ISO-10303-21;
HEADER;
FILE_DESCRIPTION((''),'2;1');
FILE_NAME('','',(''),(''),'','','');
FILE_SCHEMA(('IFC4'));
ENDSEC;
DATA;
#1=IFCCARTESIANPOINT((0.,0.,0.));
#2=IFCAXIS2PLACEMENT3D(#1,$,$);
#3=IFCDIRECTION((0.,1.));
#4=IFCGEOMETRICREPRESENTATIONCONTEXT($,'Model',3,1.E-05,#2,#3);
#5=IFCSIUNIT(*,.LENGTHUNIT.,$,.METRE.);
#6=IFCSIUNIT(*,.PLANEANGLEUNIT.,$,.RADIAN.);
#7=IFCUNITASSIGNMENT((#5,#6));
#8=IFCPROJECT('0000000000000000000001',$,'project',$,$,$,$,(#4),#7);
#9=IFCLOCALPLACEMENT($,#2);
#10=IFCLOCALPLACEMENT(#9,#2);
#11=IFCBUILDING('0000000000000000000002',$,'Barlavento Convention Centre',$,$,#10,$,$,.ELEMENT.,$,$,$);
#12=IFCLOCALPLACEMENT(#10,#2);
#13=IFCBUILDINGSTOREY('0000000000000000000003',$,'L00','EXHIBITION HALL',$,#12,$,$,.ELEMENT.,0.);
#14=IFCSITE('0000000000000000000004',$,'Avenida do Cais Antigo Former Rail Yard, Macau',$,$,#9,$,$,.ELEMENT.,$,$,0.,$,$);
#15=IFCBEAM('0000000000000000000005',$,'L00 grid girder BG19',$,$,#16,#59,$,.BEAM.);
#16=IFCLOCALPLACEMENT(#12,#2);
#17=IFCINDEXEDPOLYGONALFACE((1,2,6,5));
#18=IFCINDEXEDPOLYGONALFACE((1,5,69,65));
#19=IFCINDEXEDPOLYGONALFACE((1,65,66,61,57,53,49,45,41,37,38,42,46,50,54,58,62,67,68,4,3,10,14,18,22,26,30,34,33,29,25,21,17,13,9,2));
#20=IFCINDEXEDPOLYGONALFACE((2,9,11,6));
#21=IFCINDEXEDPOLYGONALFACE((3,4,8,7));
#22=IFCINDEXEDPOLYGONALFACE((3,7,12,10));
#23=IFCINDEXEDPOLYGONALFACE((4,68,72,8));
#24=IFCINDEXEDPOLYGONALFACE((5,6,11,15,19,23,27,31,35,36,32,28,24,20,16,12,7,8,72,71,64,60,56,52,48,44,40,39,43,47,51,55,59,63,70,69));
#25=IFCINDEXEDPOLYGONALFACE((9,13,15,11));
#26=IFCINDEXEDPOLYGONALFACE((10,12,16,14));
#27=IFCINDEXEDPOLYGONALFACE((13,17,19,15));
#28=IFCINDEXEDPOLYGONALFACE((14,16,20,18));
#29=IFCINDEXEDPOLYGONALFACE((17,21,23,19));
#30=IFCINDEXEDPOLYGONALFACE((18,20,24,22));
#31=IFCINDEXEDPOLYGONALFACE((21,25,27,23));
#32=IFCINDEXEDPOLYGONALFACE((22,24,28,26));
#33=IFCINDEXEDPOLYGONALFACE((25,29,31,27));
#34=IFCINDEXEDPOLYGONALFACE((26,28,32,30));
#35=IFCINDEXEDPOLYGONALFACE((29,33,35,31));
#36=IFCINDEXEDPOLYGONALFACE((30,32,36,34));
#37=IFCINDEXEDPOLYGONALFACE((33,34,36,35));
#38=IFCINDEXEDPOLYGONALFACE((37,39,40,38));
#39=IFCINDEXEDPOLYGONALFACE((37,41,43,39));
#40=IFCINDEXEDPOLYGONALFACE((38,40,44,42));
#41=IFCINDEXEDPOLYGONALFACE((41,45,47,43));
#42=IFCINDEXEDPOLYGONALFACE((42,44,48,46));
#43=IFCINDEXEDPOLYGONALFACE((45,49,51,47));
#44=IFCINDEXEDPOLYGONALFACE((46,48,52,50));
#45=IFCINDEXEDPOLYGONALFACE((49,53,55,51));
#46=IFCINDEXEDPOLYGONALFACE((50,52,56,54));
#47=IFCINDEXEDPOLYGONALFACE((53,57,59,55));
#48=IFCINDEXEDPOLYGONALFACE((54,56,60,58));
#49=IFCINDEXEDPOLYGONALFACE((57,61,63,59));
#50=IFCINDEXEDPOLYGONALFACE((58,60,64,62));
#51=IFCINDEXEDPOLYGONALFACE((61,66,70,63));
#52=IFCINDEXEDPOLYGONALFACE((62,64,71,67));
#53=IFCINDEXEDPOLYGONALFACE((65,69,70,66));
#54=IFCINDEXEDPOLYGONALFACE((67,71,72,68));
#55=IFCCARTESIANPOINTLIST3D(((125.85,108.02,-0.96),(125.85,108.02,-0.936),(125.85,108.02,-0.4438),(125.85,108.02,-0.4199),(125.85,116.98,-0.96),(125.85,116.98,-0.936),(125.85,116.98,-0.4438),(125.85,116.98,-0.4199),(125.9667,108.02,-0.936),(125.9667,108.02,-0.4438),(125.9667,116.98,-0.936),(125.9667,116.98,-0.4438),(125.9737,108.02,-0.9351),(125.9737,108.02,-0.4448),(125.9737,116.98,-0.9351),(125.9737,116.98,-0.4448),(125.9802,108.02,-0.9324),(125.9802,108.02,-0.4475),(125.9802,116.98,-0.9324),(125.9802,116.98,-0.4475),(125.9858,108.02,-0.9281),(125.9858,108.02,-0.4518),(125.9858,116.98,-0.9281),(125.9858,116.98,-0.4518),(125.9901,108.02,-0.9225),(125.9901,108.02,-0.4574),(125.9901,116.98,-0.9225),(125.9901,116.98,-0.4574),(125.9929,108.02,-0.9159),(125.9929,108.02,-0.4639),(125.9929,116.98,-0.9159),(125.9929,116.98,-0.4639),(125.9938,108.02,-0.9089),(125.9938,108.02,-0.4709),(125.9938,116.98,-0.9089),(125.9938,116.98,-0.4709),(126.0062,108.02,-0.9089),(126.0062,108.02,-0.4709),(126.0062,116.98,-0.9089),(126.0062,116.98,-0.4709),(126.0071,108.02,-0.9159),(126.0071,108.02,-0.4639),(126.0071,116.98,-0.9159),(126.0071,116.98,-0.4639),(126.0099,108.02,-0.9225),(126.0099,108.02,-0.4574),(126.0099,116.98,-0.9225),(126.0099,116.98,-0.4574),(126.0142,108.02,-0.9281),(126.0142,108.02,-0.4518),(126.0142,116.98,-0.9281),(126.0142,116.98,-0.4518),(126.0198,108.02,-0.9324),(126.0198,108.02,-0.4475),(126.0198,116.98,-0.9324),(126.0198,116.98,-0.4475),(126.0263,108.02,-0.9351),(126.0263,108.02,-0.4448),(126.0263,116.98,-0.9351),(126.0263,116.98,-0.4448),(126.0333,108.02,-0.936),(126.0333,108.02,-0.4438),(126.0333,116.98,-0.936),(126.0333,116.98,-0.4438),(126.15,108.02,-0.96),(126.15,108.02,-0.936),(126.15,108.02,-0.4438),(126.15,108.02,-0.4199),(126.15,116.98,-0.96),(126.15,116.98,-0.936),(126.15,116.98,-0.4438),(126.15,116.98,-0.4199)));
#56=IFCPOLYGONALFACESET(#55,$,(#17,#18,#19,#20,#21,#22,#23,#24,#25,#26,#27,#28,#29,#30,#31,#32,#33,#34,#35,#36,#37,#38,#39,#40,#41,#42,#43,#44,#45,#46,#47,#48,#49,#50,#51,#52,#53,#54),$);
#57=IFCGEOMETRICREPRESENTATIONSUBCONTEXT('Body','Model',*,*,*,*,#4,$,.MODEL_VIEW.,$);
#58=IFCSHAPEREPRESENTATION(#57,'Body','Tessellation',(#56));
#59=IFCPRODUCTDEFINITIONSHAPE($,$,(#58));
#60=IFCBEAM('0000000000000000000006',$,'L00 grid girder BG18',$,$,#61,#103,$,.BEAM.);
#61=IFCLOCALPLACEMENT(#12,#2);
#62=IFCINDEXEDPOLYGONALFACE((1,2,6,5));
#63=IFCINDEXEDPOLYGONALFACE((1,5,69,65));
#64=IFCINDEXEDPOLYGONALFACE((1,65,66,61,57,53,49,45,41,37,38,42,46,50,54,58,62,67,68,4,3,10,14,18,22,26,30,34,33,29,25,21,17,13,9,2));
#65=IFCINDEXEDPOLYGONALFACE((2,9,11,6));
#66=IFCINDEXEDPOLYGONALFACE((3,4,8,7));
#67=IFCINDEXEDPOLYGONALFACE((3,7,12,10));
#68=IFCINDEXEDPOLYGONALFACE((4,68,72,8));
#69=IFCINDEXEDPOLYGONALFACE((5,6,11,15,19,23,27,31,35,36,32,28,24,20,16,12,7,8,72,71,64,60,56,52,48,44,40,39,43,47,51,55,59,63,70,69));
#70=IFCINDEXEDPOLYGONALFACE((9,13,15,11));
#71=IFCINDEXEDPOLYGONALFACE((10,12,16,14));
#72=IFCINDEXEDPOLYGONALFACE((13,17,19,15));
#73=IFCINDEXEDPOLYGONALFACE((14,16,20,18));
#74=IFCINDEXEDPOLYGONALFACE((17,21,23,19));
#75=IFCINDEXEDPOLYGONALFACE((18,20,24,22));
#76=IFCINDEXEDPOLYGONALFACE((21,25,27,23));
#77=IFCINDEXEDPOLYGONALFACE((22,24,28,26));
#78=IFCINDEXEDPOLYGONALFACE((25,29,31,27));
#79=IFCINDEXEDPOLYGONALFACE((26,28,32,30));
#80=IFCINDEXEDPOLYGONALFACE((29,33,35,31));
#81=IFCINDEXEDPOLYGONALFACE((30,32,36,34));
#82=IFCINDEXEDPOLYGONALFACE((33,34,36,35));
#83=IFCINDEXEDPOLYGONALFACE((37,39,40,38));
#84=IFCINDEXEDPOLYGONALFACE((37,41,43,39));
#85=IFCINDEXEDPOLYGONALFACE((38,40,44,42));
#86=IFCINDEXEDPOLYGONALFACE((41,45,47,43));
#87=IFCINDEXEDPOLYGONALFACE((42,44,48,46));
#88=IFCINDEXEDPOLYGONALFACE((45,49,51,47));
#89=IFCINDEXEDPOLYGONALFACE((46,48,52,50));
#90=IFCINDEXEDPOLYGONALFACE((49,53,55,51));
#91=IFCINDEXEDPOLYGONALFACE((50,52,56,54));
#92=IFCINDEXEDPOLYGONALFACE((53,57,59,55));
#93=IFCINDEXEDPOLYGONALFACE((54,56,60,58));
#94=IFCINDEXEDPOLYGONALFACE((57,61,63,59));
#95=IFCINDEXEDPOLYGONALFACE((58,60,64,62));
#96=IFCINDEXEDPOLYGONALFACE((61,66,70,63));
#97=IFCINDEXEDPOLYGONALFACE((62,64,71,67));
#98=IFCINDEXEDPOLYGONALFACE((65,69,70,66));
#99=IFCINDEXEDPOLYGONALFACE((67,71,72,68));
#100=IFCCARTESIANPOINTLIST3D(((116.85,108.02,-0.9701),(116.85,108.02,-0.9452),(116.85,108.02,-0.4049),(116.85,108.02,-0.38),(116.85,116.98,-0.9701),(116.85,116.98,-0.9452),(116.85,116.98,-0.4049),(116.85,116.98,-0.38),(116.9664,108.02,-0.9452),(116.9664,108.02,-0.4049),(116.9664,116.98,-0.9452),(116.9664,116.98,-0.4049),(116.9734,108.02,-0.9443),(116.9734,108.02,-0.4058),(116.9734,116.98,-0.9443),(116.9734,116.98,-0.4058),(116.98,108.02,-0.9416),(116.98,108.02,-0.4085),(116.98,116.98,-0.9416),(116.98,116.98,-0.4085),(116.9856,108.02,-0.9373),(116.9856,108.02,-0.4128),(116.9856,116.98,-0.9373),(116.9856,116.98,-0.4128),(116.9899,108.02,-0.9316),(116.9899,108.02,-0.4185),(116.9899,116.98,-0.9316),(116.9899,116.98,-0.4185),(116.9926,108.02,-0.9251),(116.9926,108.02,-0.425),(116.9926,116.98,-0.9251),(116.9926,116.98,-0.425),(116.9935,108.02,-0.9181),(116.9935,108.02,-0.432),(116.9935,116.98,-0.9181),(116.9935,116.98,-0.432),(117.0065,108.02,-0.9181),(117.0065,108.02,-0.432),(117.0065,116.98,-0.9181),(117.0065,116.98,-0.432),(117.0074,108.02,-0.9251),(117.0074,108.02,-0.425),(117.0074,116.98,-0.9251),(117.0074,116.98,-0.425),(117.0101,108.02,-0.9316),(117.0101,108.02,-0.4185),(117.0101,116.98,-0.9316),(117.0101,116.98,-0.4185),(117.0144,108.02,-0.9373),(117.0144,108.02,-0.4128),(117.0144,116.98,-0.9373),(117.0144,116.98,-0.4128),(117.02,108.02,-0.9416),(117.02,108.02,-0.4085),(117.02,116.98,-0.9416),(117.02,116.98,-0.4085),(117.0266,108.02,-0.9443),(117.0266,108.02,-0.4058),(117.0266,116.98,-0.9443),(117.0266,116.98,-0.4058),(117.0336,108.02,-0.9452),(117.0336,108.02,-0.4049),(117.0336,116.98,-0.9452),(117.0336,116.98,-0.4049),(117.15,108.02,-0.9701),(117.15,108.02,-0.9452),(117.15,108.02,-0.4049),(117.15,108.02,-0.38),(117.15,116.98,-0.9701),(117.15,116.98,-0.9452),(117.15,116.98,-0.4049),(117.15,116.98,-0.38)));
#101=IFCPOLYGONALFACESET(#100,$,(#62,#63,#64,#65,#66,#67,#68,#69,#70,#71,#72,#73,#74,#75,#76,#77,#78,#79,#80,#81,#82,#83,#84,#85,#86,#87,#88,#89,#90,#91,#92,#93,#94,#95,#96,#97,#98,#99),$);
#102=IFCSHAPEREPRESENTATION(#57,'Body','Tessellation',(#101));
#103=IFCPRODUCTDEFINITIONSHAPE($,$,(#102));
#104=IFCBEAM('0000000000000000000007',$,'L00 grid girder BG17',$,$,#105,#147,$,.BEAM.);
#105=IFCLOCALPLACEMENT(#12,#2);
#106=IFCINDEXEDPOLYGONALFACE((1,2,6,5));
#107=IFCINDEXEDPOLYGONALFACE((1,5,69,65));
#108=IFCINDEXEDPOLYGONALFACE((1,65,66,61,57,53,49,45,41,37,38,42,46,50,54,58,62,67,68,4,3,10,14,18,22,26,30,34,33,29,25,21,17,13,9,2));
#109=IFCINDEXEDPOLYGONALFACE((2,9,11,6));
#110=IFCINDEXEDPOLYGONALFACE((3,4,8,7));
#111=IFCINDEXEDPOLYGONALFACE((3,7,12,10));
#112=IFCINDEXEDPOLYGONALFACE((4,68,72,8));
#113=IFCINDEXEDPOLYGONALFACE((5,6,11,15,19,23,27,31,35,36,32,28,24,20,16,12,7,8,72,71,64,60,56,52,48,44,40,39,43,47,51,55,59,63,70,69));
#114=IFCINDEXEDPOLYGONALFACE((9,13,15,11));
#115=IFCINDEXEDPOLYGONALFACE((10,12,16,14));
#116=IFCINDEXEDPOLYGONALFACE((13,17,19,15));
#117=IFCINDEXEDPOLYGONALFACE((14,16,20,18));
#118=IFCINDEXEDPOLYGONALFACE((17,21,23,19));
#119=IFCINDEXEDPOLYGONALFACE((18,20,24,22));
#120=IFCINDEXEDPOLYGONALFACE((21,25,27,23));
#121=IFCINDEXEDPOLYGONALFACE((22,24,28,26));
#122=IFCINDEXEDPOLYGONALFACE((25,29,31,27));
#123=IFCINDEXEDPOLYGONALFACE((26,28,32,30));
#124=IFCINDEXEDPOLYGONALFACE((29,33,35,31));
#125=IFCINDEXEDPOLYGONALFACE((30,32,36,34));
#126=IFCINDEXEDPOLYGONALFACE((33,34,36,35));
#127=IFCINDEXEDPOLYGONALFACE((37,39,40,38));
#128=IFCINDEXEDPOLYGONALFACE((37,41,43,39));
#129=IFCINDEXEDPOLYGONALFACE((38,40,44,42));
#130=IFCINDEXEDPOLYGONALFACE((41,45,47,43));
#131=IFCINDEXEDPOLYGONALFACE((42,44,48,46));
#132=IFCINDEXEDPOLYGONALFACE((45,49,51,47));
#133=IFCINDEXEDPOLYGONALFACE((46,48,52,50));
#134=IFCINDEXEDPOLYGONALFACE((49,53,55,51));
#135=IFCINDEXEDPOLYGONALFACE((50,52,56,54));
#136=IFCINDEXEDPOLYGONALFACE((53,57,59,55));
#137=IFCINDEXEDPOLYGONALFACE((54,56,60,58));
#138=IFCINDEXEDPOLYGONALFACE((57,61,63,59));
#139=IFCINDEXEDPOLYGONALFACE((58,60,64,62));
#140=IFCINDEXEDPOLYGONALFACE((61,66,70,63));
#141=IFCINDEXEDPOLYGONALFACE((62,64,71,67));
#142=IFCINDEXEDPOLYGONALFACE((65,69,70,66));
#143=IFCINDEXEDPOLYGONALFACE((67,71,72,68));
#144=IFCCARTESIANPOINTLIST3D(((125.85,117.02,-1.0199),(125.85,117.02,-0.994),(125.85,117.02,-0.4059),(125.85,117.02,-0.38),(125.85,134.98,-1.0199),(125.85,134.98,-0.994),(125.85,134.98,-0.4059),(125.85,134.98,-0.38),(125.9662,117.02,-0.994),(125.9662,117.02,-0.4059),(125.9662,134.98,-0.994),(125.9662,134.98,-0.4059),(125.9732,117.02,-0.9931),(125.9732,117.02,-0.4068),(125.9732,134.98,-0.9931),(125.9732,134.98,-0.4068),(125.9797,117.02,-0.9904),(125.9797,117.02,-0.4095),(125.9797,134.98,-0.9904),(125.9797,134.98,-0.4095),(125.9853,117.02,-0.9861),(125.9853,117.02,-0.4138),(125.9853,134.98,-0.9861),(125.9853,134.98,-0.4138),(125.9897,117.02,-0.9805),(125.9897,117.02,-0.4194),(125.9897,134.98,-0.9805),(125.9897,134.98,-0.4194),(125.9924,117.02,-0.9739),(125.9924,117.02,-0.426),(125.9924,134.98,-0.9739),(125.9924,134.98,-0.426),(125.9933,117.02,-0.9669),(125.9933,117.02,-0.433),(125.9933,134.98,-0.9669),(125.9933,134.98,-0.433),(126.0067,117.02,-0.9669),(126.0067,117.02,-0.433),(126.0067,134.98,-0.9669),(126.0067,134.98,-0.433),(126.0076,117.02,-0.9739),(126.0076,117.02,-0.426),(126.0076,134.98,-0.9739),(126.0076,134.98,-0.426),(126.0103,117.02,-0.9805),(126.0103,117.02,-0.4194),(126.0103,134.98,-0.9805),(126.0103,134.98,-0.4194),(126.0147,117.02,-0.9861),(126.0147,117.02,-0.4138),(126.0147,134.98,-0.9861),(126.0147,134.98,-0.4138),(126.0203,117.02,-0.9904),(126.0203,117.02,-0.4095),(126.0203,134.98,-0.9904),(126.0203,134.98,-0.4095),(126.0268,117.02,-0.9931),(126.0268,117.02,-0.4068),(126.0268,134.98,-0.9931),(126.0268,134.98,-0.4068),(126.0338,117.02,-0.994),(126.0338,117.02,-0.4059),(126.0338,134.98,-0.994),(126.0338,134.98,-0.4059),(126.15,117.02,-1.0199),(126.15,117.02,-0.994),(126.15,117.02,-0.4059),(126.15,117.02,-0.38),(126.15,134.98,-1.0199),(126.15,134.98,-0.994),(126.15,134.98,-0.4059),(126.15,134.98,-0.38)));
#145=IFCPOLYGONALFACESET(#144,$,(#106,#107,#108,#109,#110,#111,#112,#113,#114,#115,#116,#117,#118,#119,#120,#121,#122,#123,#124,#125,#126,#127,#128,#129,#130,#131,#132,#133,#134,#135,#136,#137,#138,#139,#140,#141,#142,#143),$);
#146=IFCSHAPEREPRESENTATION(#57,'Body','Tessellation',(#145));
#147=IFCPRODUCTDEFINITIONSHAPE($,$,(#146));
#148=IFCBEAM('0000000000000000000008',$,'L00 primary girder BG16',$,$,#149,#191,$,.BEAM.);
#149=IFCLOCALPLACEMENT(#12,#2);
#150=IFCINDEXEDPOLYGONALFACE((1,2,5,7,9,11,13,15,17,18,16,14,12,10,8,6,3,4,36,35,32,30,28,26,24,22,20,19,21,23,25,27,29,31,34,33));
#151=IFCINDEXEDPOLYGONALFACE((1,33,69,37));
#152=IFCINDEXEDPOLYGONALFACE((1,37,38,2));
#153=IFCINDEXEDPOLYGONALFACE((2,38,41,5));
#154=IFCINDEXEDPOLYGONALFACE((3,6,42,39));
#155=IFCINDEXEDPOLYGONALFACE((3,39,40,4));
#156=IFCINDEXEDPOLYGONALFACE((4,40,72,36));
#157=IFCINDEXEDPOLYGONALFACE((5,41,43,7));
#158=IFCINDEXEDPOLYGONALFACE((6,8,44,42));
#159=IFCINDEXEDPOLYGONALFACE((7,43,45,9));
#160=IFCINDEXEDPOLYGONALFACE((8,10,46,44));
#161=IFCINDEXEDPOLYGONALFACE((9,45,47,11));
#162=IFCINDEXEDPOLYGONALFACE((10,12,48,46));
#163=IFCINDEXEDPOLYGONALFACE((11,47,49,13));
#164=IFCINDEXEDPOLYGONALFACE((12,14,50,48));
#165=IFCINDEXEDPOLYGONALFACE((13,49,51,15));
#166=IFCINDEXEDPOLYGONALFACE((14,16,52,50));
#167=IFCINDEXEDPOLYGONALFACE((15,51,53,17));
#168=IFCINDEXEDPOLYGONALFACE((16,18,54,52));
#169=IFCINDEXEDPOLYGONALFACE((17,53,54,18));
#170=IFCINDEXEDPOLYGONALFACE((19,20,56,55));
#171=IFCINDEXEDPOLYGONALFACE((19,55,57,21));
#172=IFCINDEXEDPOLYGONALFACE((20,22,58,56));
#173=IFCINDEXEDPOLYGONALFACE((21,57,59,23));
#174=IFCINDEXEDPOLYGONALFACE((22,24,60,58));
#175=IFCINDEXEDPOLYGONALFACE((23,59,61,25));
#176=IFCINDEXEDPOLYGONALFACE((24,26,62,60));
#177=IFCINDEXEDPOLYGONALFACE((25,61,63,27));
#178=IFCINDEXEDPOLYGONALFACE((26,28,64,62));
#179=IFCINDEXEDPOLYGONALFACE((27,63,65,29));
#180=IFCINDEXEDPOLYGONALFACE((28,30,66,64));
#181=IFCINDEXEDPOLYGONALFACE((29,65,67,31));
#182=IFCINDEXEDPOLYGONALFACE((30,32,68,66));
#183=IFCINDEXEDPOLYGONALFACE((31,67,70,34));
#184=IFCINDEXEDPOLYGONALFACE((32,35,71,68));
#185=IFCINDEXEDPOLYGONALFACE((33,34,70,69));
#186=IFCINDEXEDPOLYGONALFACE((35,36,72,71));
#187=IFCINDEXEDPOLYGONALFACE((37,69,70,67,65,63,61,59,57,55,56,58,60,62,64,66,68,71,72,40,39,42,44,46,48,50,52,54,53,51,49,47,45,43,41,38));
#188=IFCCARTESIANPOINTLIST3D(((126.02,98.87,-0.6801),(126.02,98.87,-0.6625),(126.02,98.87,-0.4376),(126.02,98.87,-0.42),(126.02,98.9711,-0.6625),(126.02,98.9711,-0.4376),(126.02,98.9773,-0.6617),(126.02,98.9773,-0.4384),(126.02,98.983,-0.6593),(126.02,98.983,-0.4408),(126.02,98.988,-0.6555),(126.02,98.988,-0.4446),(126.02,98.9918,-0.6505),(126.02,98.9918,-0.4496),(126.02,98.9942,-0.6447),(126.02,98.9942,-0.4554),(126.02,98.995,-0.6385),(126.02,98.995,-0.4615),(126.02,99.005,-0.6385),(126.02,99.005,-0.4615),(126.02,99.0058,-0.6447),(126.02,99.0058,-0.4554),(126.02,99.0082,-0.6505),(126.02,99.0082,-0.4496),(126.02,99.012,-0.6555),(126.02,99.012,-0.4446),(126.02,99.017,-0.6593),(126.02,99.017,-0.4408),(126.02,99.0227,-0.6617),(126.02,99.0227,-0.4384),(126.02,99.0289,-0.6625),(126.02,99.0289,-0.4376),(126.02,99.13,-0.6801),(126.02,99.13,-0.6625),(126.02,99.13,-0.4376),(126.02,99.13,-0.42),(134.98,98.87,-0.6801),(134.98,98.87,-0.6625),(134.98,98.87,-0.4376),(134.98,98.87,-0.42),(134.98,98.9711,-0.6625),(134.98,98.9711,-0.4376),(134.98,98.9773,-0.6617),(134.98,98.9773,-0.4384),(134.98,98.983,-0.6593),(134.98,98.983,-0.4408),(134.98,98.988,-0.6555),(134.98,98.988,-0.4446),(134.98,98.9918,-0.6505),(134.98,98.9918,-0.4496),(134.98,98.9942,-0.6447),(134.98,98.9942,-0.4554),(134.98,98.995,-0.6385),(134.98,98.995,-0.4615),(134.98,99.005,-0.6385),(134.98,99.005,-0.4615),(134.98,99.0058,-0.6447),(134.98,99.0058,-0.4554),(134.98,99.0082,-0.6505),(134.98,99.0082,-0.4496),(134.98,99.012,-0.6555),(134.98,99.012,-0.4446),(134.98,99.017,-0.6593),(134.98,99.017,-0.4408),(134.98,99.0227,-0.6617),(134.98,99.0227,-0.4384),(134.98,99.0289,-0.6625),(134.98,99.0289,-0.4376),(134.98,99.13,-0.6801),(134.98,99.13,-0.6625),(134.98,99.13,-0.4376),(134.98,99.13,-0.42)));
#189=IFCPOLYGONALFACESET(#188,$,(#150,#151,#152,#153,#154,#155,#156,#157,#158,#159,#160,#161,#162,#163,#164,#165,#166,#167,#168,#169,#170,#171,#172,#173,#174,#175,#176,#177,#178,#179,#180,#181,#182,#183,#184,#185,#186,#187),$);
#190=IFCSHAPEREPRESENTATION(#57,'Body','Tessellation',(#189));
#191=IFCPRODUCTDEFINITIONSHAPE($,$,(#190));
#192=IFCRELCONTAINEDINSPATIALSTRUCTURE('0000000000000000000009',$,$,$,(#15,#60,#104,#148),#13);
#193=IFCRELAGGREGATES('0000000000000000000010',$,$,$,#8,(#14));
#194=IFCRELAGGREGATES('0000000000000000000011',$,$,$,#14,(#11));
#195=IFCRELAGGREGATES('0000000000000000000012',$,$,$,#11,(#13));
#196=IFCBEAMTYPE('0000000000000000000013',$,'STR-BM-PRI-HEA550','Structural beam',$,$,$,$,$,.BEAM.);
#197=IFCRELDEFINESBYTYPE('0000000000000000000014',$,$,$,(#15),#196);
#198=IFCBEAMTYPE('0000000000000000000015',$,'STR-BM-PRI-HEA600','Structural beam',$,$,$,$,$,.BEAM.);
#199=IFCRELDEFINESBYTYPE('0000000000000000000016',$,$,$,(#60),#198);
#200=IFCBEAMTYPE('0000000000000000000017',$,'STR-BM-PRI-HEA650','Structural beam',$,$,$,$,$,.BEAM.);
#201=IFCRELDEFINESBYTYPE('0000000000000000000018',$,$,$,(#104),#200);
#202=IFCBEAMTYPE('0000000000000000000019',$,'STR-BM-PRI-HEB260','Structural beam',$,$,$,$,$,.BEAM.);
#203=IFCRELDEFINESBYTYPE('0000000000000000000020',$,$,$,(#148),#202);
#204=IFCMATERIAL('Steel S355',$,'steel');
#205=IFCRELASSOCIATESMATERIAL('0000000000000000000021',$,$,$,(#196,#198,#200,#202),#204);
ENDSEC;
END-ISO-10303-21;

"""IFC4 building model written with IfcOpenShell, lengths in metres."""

from ifc_helpers import new_model, si_unit, direction, frame, origin, origin_2d, place, context, subcontext, project, spatial, i_section, extrude, material, material_profile, profile_set, type_object, element, save


model = new_model("IFC4")

# Units and contexts
model_context = context("Model", 3, precision=1e-05, world=origin(), true_north=direction((0.0, 1.0)))
body_context = subcontext(model_context, "Body", "Model", "MODEL_VIEW")
ifc_project = project(units=[si_unit("LENGTHUNIT", "METRE"), si_unit("PLANEANGLEUNIT", "RADIAN")], contexts=[model_context])

# Site, building, storey
site_placement = place(None, origin())
site = spatial("IfcSite", under=ifc_project, at=site_placement, Name="Avenida do Cais Antigo Former Rail Yard, Macau", CompositionType="ELEMENT", RefElevation=0.0)
building_placement = place(site_placement, origin())
building = spatial("IfcBuilding", under=site, at=building_placement, Name="Barlavento Convention Centre", CompositionType="ELEMENT")
storey_placement = place(building_placement, origin())
storey = spatial("IfcBuildingStorey", under=building, at=storey_placement, Name="L00", Description="EXHIBITION HALL", CompositionType="ELEMENT", Elevation=0.0)

# Beams
ifc_material_1 = material(Name="Steel S355", Category="steel")
ifc_material_profile_1 = material_profile(ifc_material_1, i_section(OverallWidth=0.3, OverallDepth=0.54, WebThickness=0.0125, FlangeThickness=0.0239, FilletRadius=0.0271, at=origin_2d()), Name="HEA 550")
ifc_profile_set_1 = profile_set([ifc_material_profile_1], Name="Steel S355")
beam_type_1 = type_object("IfcBeamType", Name="STR-BM-PRI-HEA550", Description="Structural beam", PredefinedType="BEAM", material=ifc_profile_set_1)
beam_1_placement = place(storey_placement, frame((126.0, 108.02, -0.6899), z_axis=(0.0, 1.0, 0.0), x_axis=(-1.0, 0.0, 0.0)))
element("IfcBeam", 1, at=beam_1_placement, inside=storey, type_object=beam_type_1, Name="L00 grid girder BG19", PredefinedType="BEAM", context=body_context, shape_type="SweptSolid", body=[
    extrude(i_section(OverallWidth=0.3, OverallDepth=0.54, WebThickness=0.0125, FlangeThickness=0.0239, FilletRadius=0.0271, at=origin_2d()), origin(), (0.0, 0.0, 1.0), 8.96),
])
ifc_material_profile_2 = material_profile(ifc_material_1, i_section(OverallWidth=0.3, OverallDepth=0.5901, WebThickness=0.0129, FlangeThickness=0.0249, FilletRadius=0.0271, at=origin_2d()), Name="HEA 600")
ifc_profile_set_2 = profile_set([ifc_material_profile_2], Name="Steel S355")
beam_type_2 = type_object("IfcBeamType", Name="STR-BM-PRI-HEA600", Description="Structural beam", PredefinedType="BEAM", material=ifc_profile_set_2)
beam_2_placement = place(storey_placement, frame((117.0, 108.02, -0.675), z_axis=(0.0, 1.0, 0.0), x_axis=(-1.0, 0.0, 0.0)))
element("IfcBeam", 2, at=beam_2_placement, inside=storey, type_object=beam_type_2, Name="L00 grid girder BG18", PredefinedType="BEAM", context=body_context, shape_type="SweptSolid", body=[
    extrude(i_section(OverallWidth=0.3, OverallDepth=0.5901, WebThickness=0.0129, FlangeThickness=0.0249, FilletRadius=0.0271, at=origin_2d()), origin(), (0.0, 0.0, 1.0), 8.96),
])
ifc_material_profile_3 = material_profile(ifc_material_1, i_section(OverallWidth=0.3, OverallDepth=0.6399, WebThickness=0.0134, FlangeThickness=0.0259, FilletRadius=0.0271, at=origin_2d()), Name="HEA 650")
ifc_profile_set_3 = profile_set([ifc_material_profile_3], Name="Steel S355")
beam_type_3 = type_object("IfcBeamType", Name="STR-BM-PRI-HEA650", Description="Structural beam", PredefinedType="BEAM", material=ifc_profile_set_3)
beam_3_placement = place(storey_placement, frame((126.0, 117.02, -0.7), z_axis=(0.0, 1.0, 0.0), x_axis=(-1.0, 0.0, 0.0)))
element("IfcBeam", 3, at=beam_3_placement, inside=storey, type_object=beam_type_3, Name="L00 grid girder BG17", PredefinedType="BEAM", context=body_context, shape_type="SweptSolid", body=[
    extrude(i_section(OverallWidth=0.3, OverallDepth=0.6399, WebThickness=0.0134, FlangeThickness=0.0259, FilletRadius=0.0271, at=origin_2d()), origin(), (0.0, 0.0, 1.0), 17.96),
])
ifc_material_profile_4 = material_profile(ifc_material_1, i_section(OverallWidth=0.26, OverallDepth=0.26, WebThickness=0.01, FlangeThickness=0.0176, FilletRadius=0.0239, at=origin_2d()), Name="HEB 260")
ifc_profile_set_4 = profile_set([ifc_material_profile_4], Name="Steel S355")
beam_type_4 = type_object("IfcBeamType", Name="STR-BM-PRI-HEB260", Description="Structural beam", PredefinedType="BEAM", material=ifc_profile_set_4)
beam_4_placement = place(storey_placement, frame((126.02, 99.0, -0.55), z_axis=(1.0, 0.0, 0.0), x_axis=(0.0, 1.0, 0.0)))
element("IfcBeam", 4, at=beam_4_placement, inside=storey, type_object=beam_type_4, Name="L00 primary girder BG16", PredefinedType="BEAM", context=body_context, shape_type="SweptSolid", body=[
    extrude(i_section(OverallWidth=0.26, OverallDepth=0.26, WebThickness=0.01, FlangeThickness=0.0176, FilletRadius=0.0239, at=origin_2d()), origin(), (0.0, 0.0, 1.0), 8.96),
])

save(model, "model.ifc")
